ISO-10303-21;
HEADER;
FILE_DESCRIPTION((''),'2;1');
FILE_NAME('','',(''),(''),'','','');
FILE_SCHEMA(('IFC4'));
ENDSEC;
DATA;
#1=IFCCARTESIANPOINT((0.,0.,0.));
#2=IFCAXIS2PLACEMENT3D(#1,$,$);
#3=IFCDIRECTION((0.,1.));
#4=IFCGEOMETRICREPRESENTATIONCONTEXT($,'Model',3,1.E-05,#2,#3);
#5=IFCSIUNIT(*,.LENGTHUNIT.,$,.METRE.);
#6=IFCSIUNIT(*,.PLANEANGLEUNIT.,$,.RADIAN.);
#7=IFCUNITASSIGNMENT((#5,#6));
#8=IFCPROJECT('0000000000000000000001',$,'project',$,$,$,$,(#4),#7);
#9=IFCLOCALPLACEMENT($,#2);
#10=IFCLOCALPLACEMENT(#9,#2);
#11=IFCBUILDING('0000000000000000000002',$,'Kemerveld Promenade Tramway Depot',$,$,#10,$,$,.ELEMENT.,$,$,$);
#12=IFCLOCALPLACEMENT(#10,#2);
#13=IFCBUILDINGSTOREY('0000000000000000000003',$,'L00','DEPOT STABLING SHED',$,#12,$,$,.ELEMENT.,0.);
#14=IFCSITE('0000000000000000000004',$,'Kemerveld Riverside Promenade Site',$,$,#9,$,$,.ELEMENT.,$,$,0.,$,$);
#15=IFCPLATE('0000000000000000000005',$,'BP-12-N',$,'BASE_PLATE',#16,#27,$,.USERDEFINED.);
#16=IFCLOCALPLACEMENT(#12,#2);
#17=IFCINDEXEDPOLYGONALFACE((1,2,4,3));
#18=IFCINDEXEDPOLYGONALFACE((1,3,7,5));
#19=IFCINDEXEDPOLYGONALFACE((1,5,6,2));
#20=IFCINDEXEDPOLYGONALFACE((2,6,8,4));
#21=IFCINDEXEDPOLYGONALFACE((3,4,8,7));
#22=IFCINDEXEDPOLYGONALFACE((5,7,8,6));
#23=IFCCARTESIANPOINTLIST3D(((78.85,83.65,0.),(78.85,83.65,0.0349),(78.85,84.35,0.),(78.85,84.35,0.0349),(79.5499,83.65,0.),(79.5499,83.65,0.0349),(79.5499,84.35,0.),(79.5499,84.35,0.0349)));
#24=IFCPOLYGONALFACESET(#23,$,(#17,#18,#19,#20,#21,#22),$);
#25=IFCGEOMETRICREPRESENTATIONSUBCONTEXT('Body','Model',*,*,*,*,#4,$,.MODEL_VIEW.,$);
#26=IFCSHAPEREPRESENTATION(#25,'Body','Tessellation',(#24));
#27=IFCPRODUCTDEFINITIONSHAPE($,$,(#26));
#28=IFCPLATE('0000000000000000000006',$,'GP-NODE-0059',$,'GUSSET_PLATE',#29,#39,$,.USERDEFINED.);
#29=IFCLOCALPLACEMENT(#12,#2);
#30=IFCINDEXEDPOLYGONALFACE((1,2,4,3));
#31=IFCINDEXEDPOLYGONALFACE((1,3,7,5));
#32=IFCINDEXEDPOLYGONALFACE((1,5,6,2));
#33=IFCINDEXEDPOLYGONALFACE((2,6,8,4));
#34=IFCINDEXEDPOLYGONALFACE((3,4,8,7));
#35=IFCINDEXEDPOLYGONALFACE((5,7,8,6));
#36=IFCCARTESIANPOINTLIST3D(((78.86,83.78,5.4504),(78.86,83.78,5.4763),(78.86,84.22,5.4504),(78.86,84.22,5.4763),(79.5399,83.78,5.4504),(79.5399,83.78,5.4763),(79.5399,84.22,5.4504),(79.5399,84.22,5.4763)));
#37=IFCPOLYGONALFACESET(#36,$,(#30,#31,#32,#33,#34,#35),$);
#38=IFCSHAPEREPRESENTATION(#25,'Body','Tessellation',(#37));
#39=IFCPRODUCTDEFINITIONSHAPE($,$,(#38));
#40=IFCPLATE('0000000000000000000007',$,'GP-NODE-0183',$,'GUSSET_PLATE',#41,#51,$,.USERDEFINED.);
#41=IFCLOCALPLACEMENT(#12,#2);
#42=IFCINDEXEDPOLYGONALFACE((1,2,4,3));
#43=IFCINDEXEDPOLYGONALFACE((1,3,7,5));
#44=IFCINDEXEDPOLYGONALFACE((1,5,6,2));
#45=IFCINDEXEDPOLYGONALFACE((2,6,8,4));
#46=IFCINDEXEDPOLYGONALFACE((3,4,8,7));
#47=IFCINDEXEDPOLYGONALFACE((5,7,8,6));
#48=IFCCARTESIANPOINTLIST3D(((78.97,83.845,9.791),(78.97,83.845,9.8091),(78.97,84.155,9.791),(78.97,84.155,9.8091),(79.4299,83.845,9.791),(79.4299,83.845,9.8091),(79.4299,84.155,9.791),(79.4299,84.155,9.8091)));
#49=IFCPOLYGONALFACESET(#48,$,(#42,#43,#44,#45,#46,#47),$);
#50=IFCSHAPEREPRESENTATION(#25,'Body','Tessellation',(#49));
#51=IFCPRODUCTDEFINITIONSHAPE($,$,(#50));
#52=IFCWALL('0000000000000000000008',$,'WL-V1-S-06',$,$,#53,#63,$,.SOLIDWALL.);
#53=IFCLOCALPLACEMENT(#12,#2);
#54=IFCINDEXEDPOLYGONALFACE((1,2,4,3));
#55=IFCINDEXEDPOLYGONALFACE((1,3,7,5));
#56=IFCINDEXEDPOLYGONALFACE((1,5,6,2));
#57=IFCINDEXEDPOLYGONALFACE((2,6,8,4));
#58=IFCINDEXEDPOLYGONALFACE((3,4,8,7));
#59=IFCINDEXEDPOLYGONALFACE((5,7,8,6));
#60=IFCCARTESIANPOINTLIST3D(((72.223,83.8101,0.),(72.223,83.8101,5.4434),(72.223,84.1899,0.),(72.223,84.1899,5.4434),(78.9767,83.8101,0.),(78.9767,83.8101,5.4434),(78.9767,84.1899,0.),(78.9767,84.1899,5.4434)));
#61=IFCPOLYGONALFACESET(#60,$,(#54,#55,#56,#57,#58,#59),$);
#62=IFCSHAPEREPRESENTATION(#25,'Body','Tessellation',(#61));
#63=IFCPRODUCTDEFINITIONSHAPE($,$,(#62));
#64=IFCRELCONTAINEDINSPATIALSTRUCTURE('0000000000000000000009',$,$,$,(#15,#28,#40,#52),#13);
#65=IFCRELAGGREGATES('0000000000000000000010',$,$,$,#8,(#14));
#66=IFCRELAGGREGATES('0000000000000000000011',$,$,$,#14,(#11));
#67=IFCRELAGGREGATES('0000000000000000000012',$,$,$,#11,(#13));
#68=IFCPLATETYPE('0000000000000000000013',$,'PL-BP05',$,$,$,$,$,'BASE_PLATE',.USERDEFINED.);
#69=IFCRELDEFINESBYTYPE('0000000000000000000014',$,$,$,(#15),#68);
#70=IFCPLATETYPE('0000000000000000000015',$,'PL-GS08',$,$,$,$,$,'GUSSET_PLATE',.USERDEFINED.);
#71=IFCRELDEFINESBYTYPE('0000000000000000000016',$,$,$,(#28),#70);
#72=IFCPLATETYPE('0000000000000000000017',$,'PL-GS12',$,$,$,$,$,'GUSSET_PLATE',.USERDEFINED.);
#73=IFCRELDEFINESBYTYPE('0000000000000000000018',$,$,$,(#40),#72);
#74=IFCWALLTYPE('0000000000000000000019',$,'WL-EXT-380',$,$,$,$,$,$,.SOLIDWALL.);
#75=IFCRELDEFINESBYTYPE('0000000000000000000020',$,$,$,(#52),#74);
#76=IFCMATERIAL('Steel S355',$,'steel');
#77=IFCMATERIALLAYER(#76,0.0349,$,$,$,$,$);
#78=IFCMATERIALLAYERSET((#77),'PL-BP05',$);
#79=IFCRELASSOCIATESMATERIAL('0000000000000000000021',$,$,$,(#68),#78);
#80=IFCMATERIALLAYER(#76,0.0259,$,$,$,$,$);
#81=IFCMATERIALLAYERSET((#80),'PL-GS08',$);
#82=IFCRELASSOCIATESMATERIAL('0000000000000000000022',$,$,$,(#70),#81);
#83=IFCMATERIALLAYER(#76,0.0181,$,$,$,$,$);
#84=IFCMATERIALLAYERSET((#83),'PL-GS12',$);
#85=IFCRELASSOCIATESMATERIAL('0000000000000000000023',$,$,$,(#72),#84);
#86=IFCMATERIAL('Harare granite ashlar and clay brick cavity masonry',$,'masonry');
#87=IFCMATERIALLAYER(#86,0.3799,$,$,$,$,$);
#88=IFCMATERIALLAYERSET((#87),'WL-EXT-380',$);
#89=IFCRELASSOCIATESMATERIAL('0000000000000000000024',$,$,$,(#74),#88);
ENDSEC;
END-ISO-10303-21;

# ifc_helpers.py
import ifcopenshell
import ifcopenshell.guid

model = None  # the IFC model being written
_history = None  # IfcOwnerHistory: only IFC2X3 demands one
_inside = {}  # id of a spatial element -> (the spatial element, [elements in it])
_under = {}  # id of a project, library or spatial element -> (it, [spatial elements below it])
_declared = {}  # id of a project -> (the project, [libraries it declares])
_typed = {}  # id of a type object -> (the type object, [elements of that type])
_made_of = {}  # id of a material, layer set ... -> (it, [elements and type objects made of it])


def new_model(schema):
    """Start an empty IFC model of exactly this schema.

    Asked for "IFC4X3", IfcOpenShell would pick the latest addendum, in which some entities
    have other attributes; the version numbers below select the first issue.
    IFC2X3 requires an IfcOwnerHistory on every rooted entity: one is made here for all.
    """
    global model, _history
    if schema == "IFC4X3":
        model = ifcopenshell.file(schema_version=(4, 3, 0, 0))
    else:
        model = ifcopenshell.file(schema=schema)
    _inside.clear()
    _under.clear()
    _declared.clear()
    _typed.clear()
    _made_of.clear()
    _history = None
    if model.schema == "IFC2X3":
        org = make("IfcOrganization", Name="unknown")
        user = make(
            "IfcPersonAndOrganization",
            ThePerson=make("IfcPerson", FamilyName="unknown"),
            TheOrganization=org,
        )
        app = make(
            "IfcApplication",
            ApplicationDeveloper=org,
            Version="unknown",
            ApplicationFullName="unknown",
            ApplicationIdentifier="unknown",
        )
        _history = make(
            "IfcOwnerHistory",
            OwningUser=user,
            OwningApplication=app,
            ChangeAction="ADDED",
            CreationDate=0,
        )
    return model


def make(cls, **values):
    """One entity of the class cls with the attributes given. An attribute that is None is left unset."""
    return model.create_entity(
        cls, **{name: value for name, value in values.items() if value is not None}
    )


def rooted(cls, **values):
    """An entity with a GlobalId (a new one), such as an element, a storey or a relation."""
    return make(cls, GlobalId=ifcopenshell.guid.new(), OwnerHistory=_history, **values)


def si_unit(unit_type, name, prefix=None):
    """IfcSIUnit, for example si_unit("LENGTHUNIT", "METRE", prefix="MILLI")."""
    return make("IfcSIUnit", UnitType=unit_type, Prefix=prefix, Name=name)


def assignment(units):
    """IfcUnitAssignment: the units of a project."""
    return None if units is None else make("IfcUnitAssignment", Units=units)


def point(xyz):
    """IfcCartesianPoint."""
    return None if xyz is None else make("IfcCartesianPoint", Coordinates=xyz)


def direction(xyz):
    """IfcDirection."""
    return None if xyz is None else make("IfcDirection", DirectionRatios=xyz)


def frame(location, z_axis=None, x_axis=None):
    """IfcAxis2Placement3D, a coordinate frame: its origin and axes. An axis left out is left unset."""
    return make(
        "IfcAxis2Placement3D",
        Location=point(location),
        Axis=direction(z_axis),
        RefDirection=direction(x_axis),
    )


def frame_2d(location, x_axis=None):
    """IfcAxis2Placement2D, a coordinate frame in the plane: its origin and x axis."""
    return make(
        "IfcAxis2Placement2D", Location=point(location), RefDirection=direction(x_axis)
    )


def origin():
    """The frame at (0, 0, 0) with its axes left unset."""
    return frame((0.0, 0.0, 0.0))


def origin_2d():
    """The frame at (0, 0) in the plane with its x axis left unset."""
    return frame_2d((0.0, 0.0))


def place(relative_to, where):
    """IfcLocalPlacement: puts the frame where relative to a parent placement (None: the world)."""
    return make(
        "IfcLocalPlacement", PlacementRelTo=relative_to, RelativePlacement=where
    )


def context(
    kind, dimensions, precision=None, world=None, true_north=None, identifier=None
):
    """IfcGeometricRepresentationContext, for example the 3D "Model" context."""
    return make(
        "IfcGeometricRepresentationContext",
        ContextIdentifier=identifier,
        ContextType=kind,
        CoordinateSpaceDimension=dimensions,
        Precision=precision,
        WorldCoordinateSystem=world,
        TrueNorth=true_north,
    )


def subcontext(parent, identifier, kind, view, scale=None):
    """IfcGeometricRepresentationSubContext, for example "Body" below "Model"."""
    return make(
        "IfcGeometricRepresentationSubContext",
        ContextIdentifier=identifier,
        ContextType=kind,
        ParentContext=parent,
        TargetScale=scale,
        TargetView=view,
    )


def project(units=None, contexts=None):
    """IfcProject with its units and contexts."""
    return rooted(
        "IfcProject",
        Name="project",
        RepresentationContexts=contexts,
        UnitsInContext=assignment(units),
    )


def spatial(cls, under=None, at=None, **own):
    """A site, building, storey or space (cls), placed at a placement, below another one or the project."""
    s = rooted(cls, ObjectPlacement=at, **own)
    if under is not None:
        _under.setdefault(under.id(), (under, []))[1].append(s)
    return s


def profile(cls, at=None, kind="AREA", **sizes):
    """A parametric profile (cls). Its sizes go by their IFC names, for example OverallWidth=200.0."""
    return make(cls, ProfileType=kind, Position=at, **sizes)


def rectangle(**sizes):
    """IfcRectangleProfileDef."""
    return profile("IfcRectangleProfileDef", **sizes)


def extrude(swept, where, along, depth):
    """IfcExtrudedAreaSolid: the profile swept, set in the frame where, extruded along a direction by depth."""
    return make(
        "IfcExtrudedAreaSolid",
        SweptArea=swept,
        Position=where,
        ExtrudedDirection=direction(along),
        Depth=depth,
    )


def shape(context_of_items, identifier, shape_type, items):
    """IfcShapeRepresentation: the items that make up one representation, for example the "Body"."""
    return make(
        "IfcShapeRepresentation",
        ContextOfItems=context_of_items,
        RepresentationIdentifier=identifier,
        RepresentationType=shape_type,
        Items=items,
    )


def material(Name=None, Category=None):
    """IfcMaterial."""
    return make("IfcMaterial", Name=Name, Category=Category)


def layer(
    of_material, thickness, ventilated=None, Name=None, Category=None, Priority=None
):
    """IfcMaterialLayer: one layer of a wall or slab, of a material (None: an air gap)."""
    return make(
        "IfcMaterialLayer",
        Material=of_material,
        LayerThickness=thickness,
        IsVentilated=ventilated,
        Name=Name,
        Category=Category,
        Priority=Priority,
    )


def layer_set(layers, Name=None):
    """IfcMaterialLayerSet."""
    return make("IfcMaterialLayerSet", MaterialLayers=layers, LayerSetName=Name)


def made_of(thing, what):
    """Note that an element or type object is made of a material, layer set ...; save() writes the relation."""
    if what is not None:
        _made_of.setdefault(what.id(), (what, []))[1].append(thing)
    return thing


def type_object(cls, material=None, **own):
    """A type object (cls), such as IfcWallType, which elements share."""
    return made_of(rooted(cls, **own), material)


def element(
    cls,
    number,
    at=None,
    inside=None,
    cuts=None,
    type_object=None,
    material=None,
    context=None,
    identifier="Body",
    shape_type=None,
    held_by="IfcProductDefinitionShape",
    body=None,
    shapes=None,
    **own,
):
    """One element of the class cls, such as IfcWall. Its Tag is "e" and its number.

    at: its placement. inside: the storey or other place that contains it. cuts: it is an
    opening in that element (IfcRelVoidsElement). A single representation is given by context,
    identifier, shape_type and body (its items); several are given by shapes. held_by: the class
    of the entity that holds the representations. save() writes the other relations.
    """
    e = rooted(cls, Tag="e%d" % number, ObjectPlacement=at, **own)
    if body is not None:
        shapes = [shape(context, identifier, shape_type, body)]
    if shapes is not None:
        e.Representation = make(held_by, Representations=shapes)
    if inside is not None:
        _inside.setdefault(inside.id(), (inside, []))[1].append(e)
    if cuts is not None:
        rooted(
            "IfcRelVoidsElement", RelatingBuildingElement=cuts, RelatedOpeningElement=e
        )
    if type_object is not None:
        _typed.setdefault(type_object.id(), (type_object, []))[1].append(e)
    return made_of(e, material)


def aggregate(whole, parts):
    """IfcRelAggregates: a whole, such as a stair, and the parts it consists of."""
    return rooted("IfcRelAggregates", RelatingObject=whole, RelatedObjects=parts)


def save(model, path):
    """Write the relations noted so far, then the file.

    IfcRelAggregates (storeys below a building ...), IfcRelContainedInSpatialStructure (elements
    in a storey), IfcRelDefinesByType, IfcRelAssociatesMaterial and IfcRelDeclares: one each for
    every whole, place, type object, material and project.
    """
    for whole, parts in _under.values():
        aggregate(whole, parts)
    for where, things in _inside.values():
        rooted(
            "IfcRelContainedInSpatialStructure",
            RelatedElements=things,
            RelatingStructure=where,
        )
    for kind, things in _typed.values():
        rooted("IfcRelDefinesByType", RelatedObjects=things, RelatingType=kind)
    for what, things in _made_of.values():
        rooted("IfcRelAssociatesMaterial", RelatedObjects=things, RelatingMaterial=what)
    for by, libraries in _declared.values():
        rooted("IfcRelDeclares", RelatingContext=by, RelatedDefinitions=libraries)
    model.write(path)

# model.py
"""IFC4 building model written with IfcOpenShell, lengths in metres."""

from ifc_helpers import new_model, si_unit, direction, frame, frame_2d, origin, origin_2d, place, context, subcontext, project, spatial, rectangle, extrude, material, layer, layer_set, type_object, element, save


model = new_model("IFC4")

# Units and contexts
model_context = context("Model", 3, precision=1e-05, world=origin(), true_north=direction((0.0, 1.0)))
body_context = subcontext(model_context, "Body", "Model", "MODEL_VIEW")
ifc_project = project(units=[si_unit("LENGTHUNIT", "METRE"), si_unit("PLANEANGLEUNIT", "RADIAN")], contexts=[model_context])

# Site, building, storey
site_placement = place(None, origin())
site = spatial("IfcSite", under=ifc_project, at=site_placement, Name="Kemerveld Riverside Promenade Site", CompositionType="ELEMENT", RefElevation=0.0)
building_placement = place(site_placement, origin())
building = spatial("IfcBuilding", under=site, at=building_placement, Name="Kemerveld Promenade Tramway Depot", CompositionType="ELEMENT")
storey_placement = place(building_placement, origin())
storey = spatial("IfcBuildingStorey", under=building, at=storey_placement, Name="L00", Description="DEPOT STABLING SHED", CompositionType="ELEMENT", Elevation=0.0)

# Shared definitions
ifc_material_1 = material(Name="Steel S355", Category="steel")

# Plates
ifc_layer_1 = layer(ifc_material_1, 0.0349)
ifc_layer_set_1 = layer_set([ifc_layer_1], Name="PL-BP05")
plate_type_1 = type_object("IfcPlateType", Name="PL-BP05", ElementType="BASE_PLATE", PredefinedType="USERDEFINED", material=ifc_layer_set_1)
plate_1_placement = place(storey_placement, frame((79.2, 84.0, 0.0), z_axis=(0.0, 0.0, 1.0), x_axis=(1.0, 0.0, 0.0)))
element("IfcPlate", 1, at=plate_1_placement, inside=storey, type_object=plate_type_1, Name="BP-12-N", ObjectType="BASE_PLATE", PredefinedType="USERDEFINED", context=body_context, shape_type="SweptSolid", body=[
    extrude(rectangle(XDim=0.7, YDim=0.7, at=origin_2d()), origin(), (0.0, 0.0, 1.0), 0.0349),
])
ifc_layer_2 = layer(ifc_material_1, 0.0259)
ifc_layer_set_2 = layer_set([ifc_layer_2], Name="PL-GS08")
plate_type_2 = type_object("IfcPlateType", Name="PL-GS08", ElementType="GUSSET_PLATE", PredefinedType="USERDEFINED", material=ifc_layer_set_2)
plate_2_placement = place(storey_placement, frame((79.2, 84.0, 5.4504), z_axis=(0.0, 0.0, 1.0), x_axis=(1.0, 0.0, 0.0)))
element("IfcPlate", 2, at=plate_2_placement, inside=storey, type_object=plate_type_2, Name="GP-NODE-0059", ObjectType="GUSSET_PLATE", PredefinedType="USERDEFINED", context=body_context, shape_type="SweptSolid", body=[
    extrude(rectangle(XDim=0.6799, YDim=0.4399, at=origin_2d()), origin(), (0.0, 0.0, 1.0), 0.0259),
])
ifc_layer_3 = layer(ifc_material_1, 0.0181)
ifc_layer_set_3 = layer_set([ifc_layer_3], Name="PL-GS12")
plate_type_3 = type_object("IfcPlateType", Name="PL-GS12", ElementType="GUSSET_PLATE", PredefinedType="USERDEFINED", material=ifc_layer_set_3)
plate_3_placement = place(storey_placement, frame((79.2, 84.0, 9.791), z_axis=(0.0, 0.0, 1.0), x_axis=(1.0, 0.0, 0.0)))
element("IfcPlate", 3, at=plate_3_placement, inside=storey, type_object=plate_type_3, Name="GP-NODE-0183", ObjectType="GUSSET_PLATE", PredefinedType="USERDEFINED", context=body_context, shape_type="SweptSolid", body=[
    extrude(rectangle(XDim=0.46, YDim=0.3101, at=origin_2d()), origin(), (0.0, 0.0, 1.0), 0.0181),
])

# Wall
ifc_material_2 = material(Name="Harare granite ashlar and clay brick cavity masonry", Category="masonry")
ifc_layer_4 = layer(ifc_material_2, 0.3799)
ifc_layer_set_4 = layer_set([ifc_layer_4], Name="WL-EXT-380")
wall_type = type_object("IfcWallType", Name="WL-EXT-380", PredefinedType="SOLIDWALL", material=ifc_layer_set_4)
wall_placement = place(storey_placement, frame((78.9768, 84.0, 0.0), z_axis=(0.0, 0.0, 1.0), x_axis=(-1.0, 0.0, 0.0)))
element("IfcWall", 4, at=wall_placement, inside=storey, type_object=wall_type, Name="WL-V1-S-06", PredefinedType="SOLIDWALL", context=body_context, shape_type="SweptSolid", body=[
    extrude(rectangle(XDim=6.7537, YDim=0.3799, at=frame_2d((3.377, 0.0))), origin(), (0.0, 0.0, 1.0), 5.4434),
])

save(model, "model.ifc")
